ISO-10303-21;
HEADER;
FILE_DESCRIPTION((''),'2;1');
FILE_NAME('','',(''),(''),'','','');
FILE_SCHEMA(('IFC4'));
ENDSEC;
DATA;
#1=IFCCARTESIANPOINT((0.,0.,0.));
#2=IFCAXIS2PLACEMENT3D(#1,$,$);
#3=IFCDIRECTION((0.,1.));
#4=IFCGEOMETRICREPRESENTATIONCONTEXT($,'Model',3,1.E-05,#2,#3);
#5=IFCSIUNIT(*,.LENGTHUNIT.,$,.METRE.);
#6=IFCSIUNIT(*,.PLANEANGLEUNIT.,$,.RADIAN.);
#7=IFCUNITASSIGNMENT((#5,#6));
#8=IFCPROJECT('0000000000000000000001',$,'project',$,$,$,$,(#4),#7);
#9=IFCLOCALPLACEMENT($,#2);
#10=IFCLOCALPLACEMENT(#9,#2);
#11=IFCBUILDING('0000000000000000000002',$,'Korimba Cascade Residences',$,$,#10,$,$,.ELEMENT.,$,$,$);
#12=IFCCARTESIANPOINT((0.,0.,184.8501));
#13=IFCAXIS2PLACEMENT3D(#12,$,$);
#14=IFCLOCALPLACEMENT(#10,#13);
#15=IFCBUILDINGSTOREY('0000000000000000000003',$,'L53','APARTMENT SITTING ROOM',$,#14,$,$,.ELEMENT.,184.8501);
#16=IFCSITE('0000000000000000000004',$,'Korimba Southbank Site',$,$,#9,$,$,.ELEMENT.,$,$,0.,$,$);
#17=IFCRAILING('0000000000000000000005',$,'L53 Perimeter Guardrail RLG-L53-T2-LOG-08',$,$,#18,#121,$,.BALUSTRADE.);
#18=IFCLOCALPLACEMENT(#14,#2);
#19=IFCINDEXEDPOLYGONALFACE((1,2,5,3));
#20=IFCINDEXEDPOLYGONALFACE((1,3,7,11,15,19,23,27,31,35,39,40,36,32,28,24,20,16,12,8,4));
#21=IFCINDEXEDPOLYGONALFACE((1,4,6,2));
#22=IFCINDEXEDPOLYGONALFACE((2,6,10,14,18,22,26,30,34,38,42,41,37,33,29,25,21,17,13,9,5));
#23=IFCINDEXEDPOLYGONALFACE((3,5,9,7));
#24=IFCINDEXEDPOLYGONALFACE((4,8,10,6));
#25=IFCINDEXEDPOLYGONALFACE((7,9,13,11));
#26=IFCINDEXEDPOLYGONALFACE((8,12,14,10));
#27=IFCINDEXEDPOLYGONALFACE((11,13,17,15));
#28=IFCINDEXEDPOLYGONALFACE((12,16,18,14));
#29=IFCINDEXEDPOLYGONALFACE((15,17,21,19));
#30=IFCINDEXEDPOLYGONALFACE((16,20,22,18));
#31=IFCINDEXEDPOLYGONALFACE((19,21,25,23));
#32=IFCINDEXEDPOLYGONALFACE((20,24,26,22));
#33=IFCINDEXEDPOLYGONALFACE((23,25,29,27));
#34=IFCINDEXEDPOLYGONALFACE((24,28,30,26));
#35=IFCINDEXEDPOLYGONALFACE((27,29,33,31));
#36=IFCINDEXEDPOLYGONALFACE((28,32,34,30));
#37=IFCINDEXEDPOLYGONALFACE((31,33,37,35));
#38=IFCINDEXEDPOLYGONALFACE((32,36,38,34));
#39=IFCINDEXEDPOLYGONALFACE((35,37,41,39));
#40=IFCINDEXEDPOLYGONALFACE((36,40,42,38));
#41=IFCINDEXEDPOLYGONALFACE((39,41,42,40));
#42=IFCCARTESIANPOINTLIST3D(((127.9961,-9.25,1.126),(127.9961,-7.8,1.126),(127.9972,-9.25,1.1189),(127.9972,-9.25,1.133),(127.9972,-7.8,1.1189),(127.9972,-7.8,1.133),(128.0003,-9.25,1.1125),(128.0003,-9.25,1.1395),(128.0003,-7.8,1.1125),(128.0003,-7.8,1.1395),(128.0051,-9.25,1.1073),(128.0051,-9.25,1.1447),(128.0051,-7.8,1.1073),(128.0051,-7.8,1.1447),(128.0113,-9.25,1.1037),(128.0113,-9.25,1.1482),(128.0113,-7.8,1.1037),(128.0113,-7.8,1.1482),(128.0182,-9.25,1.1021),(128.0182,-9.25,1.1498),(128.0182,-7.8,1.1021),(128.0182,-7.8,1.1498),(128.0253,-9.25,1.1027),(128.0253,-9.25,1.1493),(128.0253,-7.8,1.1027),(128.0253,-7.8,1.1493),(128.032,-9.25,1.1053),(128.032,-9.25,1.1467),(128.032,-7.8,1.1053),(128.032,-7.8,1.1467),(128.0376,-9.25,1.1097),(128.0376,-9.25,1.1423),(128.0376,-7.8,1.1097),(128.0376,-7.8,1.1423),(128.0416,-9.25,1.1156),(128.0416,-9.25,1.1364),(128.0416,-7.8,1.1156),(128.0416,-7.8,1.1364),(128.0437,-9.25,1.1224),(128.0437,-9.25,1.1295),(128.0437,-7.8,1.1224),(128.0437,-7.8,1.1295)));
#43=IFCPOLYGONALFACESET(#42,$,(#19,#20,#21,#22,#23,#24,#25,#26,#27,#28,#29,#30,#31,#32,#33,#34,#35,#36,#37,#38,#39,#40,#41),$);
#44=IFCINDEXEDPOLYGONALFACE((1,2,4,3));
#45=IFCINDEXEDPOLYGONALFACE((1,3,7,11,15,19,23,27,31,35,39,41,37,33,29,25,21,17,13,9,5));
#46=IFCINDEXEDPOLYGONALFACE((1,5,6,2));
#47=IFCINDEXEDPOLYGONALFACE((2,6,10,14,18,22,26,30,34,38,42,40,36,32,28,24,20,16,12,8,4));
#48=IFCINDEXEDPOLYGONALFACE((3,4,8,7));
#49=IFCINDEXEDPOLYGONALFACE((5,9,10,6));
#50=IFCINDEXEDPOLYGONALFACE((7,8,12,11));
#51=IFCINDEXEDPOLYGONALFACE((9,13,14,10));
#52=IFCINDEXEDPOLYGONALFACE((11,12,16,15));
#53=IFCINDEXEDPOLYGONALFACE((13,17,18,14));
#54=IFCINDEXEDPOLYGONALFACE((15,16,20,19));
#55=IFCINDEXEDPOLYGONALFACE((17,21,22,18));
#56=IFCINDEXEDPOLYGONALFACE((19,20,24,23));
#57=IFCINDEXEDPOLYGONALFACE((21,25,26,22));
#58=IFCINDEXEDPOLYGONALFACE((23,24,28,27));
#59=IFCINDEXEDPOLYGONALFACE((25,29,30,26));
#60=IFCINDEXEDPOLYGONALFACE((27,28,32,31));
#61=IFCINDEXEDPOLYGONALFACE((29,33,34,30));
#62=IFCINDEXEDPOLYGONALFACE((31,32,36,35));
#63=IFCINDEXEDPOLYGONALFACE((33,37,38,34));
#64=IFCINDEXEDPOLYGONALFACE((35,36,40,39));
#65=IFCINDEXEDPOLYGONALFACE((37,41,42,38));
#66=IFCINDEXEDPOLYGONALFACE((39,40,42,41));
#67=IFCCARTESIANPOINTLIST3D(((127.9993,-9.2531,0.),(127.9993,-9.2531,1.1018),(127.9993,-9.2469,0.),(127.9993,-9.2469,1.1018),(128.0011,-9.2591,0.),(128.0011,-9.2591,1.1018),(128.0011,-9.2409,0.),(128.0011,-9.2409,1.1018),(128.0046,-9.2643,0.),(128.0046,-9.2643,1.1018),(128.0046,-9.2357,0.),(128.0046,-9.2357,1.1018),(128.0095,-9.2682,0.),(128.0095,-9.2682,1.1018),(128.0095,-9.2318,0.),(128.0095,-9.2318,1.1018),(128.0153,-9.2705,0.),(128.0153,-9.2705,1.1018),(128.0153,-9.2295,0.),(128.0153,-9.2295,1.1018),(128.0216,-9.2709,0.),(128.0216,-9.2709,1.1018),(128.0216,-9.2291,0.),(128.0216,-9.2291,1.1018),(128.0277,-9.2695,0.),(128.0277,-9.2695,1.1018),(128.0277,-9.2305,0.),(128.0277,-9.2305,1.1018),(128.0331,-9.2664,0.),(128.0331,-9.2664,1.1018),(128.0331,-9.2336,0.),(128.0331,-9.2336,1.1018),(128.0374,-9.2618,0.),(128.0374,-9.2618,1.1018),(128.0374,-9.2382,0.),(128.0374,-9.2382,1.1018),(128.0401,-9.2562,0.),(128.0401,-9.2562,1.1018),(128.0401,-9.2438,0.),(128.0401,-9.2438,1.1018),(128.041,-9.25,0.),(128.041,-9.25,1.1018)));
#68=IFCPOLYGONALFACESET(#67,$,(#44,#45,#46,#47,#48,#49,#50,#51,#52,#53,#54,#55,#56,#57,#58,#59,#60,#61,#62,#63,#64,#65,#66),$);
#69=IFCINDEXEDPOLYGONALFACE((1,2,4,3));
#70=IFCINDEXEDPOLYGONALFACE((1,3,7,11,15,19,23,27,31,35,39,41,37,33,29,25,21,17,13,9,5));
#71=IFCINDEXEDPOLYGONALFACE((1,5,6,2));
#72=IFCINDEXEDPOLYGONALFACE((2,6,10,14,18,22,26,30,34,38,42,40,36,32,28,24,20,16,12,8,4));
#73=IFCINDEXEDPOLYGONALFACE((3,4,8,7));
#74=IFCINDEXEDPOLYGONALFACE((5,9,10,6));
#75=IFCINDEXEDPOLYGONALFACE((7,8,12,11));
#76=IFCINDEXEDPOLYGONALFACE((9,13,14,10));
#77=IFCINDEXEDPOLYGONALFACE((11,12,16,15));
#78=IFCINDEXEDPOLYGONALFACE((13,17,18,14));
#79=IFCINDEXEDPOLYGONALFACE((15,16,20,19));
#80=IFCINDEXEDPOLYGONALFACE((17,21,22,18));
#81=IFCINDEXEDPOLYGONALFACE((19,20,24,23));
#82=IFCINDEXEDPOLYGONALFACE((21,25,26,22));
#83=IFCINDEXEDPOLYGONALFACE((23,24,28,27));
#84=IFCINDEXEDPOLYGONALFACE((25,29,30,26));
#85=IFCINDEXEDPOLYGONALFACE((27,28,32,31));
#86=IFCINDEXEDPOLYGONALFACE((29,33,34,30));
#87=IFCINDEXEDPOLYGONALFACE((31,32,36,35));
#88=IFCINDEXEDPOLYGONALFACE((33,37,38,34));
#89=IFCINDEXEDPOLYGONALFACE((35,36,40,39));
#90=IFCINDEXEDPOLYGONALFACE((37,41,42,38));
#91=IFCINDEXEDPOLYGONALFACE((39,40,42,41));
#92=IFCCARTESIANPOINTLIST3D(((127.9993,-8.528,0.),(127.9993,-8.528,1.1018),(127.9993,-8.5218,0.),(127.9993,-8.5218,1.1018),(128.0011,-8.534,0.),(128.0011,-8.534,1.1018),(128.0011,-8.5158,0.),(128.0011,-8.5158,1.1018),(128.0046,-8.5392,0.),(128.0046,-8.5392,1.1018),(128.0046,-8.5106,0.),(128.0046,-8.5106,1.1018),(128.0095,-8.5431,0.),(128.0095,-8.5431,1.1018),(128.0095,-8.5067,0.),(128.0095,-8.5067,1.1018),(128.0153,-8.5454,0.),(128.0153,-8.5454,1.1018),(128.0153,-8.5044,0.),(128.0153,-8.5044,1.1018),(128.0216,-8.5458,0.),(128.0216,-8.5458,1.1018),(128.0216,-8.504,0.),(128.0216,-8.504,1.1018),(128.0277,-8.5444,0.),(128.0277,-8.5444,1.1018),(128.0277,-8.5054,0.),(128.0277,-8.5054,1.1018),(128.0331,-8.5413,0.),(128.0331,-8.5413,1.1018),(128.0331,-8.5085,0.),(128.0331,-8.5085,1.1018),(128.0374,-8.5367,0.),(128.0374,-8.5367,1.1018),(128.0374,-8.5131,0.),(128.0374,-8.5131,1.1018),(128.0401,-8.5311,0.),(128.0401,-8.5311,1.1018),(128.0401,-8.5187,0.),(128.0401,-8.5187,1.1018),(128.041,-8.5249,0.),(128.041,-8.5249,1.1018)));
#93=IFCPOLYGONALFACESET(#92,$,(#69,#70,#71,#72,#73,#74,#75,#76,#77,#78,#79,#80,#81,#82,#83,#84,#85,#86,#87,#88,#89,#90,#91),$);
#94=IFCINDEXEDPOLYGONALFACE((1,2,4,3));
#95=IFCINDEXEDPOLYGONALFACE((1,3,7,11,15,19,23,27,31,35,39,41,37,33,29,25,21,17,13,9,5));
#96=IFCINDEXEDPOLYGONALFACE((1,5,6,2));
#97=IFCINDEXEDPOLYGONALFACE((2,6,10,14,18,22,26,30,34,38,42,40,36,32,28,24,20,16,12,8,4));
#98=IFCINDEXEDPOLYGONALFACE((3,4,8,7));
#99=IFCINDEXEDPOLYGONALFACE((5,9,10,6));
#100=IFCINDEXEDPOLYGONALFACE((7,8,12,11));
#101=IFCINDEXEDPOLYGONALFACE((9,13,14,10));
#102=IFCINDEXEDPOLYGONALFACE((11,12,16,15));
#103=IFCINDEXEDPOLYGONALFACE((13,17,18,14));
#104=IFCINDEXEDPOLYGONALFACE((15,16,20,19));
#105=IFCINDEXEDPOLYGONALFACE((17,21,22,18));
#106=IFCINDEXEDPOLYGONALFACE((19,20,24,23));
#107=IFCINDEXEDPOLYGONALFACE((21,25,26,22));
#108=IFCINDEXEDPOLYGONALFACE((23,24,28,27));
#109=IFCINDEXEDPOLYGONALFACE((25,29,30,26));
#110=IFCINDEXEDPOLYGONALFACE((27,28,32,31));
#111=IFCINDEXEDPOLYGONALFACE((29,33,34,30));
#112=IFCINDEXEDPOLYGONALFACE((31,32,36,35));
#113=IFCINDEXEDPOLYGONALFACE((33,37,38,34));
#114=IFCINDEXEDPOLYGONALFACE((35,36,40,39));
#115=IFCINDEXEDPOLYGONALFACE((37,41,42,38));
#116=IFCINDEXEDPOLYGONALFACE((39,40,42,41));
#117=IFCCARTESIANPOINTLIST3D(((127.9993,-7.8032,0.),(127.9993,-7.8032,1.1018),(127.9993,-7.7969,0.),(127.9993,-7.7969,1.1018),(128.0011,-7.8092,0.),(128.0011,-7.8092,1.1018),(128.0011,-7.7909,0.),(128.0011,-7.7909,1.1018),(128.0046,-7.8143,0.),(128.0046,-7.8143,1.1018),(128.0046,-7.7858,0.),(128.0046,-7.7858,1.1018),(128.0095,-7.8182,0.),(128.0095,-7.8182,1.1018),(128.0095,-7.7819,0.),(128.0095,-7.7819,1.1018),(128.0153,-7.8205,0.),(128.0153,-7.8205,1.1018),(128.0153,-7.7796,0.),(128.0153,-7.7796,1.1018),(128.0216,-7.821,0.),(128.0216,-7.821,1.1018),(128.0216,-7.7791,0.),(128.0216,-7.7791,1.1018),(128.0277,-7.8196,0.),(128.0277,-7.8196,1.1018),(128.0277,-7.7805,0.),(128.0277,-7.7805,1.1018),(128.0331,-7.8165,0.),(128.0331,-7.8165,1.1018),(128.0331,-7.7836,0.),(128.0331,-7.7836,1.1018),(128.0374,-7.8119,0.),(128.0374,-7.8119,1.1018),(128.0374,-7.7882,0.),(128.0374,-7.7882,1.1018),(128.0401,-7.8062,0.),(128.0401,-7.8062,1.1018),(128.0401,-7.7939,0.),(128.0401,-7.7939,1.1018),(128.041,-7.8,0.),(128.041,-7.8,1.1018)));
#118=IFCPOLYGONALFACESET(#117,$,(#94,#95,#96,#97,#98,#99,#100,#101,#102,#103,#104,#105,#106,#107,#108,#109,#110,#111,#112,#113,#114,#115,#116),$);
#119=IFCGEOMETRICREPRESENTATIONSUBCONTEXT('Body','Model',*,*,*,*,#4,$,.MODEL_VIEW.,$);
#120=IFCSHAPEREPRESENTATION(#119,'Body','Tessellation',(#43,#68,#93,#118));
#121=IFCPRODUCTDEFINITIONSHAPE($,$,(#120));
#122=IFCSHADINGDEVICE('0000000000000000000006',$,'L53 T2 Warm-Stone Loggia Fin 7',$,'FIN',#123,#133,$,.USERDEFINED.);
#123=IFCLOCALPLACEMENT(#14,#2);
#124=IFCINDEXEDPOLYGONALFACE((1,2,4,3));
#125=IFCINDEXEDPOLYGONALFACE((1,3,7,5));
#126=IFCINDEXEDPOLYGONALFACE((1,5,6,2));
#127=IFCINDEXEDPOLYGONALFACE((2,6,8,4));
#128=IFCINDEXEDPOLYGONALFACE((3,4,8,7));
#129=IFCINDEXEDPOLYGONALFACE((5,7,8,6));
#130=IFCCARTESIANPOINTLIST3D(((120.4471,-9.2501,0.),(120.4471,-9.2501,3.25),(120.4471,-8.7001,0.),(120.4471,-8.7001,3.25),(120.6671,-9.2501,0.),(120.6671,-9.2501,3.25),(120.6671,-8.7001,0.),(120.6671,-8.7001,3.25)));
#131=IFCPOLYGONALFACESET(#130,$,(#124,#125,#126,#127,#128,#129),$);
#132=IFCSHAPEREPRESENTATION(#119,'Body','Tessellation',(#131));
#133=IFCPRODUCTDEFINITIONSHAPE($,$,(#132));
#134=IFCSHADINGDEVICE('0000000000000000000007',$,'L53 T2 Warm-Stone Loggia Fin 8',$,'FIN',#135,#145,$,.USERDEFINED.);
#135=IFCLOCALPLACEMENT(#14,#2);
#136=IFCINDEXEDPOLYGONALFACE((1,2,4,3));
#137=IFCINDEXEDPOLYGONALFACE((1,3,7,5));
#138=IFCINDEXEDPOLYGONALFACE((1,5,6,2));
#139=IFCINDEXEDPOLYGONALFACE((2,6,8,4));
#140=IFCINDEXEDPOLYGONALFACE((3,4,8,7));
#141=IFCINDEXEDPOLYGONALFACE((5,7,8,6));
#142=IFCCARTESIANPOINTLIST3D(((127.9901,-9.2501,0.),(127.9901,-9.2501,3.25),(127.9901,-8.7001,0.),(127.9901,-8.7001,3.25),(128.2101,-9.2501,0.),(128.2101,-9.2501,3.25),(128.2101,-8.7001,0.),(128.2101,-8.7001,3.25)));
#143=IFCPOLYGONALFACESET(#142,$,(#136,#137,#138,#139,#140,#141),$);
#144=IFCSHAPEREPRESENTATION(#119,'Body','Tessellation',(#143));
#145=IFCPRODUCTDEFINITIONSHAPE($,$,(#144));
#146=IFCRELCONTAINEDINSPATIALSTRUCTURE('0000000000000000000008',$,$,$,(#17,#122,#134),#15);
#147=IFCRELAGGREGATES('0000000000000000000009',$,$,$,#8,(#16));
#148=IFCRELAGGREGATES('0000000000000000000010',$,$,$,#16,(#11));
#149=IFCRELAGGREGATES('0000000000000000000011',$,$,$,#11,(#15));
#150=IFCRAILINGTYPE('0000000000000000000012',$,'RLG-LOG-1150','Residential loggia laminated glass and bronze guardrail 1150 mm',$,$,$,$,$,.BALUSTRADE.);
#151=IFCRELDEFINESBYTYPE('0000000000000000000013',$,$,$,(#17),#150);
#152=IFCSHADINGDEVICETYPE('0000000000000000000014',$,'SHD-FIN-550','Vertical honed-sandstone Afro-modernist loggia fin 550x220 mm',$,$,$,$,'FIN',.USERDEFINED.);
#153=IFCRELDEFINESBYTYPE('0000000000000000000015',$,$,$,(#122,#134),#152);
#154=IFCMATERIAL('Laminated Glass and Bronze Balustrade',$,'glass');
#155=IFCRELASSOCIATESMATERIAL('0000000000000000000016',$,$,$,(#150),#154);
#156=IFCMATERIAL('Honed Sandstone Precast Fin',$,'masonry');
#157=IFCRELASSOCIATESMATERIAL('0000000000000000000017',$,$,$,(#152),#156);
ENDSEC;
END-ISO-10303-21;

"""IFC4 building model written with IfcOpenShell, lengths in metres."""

from ifc_helpers import new_model, si_unit, direction, frame, origin, origin_2d, place, context, subcontext, project, spatial, rectangle, circle, extrude, material, type_object, element, save


model = new_model("IFC4")

# Units and contexts
model_context = context("Model", 3, precision=1e-05, world=origin(), true_north=direction((0.0, 1.0)))
body_context = subcontext(model_context, "Body", "Model", "MODEL_VIEW")
ifc_project = project(units=[si_unit("LENGTHUNIT", "METRE"), si_unit("PLANEANGLEUNIT", "RADIAN")], contexts=[model_context])

# Site, building, storey
site_placement = place(None, origin())
site = spatial("IfcSite", under=ifc_project, at=site_placement, Name="Korimba Southbank Site", CompositionType="ELEMENT", RefElevation=0.0)
building_placement = place(site_placement, origin())
building = spatial("IfcBuilding", under=site, at=building_placement, Name="Korimba Cascade Residences", CompositionType="ELEMENT")
storey_placement = place(building_placement, frame((0.0, 0.0, 184.8501)))
storey = spatial("IfcBuildingStorey", under=building, at=storey_placement, Name="L53", Description="APARTMENT SITTING ROOM", CompositionType="ELEMENT", Elevation=184.8501)

# Railing
ifc_material_1 = material(Name="Laminated Glass and Bronze Balustrade", Category="glass")
railing_type = type_object("IfcRailingType", Name="RLG-LOG-1150", Description="Residential loggia laminated glass and bronze guardrail 1150 mm", PredefinedType="BALUSTRADE", material=ifc_material_1)
railing_1_placement = place(storey_placement, frame((128.02, -9.25, 0.0)))
element("IfcRailing", 1, at=railing_1_placement, inside=storey, type_object=railing_type, Name="L53 Perimeter Guardrail RLG-L53-T2-LOG-08", PredefinedType="BALUSTRADE", context=body_context, shape_type="SweptSolid", body=[
    extrude(circle(Radius=0.0239, at=origin_2d()), frame((0.0, 0.0, 1.126), z_axis=(0.0, 1.0, 0.0), x_axis=(-1.0, 0.0, 0.0)), (0.0, 0.0, 1.0), 1.45),
    extrude(circle(Radius=0.021, at=origin_2d()), origin(), (0.0, 0.0, 1.0), 1.1018),
    extrude(circle(Radius=0.021, at=origin_2d()), frame((0.0, 0.7251, 0.0)), (0.0, 0.0, 1.0), 1.1018),
    extrude(circle(Radius=0.021, at=origin_2d()), frame((0.0, 1.45, 0.0)), (0.0, 0.0, 1.0), 1.1018),
])

# Shading devices
ifc_material_2 = material(Name="Honed Sandstone Precast Fin", Category="masonry")
shading_device_type = type_object("IfcShadingDeviceType", Name="SHD-FIN-550", Description="Vertical honed-sandstone Afro-modernist loggia fin 550x220 mm", ElementType="FIN", PredefinedType="USERDEFINED", material=ifc_material_2)
for number, where, z_axis, x_axis, name in (
    (2, (120.5571, -8.9751, 0.0), (0.0, 0.0, 1.0), (1.0, 0.0, 0.0), "L53 T2 Warm-Stone Loggia Fin 7"),
    (3, (128.1001, -8.9751, 0.0), (0.0, 0.0, 1.0), (1.0, 0.0, 0.0), "L53 T2 Warm-Stone Loggia Fin 8"),
):
    element("IfcShadingDevice", number, at=place(storey_placement, frame(where, z_axis=z_axis, x_axis=x_axis)), inside=storey, type_object=shading_device_type, Name=name, ObjectType="FIN", PredefinedType="USERDEFINED", context=body_context, shape_type="SweptSolid", body=[
        extrude(rectangle(XDim=0.22, YDim=0.55, at=origin_2d()), origin(), (0.0, 0.0, 1.0), 3.25),
    ])

save(model, "model.ifc")
